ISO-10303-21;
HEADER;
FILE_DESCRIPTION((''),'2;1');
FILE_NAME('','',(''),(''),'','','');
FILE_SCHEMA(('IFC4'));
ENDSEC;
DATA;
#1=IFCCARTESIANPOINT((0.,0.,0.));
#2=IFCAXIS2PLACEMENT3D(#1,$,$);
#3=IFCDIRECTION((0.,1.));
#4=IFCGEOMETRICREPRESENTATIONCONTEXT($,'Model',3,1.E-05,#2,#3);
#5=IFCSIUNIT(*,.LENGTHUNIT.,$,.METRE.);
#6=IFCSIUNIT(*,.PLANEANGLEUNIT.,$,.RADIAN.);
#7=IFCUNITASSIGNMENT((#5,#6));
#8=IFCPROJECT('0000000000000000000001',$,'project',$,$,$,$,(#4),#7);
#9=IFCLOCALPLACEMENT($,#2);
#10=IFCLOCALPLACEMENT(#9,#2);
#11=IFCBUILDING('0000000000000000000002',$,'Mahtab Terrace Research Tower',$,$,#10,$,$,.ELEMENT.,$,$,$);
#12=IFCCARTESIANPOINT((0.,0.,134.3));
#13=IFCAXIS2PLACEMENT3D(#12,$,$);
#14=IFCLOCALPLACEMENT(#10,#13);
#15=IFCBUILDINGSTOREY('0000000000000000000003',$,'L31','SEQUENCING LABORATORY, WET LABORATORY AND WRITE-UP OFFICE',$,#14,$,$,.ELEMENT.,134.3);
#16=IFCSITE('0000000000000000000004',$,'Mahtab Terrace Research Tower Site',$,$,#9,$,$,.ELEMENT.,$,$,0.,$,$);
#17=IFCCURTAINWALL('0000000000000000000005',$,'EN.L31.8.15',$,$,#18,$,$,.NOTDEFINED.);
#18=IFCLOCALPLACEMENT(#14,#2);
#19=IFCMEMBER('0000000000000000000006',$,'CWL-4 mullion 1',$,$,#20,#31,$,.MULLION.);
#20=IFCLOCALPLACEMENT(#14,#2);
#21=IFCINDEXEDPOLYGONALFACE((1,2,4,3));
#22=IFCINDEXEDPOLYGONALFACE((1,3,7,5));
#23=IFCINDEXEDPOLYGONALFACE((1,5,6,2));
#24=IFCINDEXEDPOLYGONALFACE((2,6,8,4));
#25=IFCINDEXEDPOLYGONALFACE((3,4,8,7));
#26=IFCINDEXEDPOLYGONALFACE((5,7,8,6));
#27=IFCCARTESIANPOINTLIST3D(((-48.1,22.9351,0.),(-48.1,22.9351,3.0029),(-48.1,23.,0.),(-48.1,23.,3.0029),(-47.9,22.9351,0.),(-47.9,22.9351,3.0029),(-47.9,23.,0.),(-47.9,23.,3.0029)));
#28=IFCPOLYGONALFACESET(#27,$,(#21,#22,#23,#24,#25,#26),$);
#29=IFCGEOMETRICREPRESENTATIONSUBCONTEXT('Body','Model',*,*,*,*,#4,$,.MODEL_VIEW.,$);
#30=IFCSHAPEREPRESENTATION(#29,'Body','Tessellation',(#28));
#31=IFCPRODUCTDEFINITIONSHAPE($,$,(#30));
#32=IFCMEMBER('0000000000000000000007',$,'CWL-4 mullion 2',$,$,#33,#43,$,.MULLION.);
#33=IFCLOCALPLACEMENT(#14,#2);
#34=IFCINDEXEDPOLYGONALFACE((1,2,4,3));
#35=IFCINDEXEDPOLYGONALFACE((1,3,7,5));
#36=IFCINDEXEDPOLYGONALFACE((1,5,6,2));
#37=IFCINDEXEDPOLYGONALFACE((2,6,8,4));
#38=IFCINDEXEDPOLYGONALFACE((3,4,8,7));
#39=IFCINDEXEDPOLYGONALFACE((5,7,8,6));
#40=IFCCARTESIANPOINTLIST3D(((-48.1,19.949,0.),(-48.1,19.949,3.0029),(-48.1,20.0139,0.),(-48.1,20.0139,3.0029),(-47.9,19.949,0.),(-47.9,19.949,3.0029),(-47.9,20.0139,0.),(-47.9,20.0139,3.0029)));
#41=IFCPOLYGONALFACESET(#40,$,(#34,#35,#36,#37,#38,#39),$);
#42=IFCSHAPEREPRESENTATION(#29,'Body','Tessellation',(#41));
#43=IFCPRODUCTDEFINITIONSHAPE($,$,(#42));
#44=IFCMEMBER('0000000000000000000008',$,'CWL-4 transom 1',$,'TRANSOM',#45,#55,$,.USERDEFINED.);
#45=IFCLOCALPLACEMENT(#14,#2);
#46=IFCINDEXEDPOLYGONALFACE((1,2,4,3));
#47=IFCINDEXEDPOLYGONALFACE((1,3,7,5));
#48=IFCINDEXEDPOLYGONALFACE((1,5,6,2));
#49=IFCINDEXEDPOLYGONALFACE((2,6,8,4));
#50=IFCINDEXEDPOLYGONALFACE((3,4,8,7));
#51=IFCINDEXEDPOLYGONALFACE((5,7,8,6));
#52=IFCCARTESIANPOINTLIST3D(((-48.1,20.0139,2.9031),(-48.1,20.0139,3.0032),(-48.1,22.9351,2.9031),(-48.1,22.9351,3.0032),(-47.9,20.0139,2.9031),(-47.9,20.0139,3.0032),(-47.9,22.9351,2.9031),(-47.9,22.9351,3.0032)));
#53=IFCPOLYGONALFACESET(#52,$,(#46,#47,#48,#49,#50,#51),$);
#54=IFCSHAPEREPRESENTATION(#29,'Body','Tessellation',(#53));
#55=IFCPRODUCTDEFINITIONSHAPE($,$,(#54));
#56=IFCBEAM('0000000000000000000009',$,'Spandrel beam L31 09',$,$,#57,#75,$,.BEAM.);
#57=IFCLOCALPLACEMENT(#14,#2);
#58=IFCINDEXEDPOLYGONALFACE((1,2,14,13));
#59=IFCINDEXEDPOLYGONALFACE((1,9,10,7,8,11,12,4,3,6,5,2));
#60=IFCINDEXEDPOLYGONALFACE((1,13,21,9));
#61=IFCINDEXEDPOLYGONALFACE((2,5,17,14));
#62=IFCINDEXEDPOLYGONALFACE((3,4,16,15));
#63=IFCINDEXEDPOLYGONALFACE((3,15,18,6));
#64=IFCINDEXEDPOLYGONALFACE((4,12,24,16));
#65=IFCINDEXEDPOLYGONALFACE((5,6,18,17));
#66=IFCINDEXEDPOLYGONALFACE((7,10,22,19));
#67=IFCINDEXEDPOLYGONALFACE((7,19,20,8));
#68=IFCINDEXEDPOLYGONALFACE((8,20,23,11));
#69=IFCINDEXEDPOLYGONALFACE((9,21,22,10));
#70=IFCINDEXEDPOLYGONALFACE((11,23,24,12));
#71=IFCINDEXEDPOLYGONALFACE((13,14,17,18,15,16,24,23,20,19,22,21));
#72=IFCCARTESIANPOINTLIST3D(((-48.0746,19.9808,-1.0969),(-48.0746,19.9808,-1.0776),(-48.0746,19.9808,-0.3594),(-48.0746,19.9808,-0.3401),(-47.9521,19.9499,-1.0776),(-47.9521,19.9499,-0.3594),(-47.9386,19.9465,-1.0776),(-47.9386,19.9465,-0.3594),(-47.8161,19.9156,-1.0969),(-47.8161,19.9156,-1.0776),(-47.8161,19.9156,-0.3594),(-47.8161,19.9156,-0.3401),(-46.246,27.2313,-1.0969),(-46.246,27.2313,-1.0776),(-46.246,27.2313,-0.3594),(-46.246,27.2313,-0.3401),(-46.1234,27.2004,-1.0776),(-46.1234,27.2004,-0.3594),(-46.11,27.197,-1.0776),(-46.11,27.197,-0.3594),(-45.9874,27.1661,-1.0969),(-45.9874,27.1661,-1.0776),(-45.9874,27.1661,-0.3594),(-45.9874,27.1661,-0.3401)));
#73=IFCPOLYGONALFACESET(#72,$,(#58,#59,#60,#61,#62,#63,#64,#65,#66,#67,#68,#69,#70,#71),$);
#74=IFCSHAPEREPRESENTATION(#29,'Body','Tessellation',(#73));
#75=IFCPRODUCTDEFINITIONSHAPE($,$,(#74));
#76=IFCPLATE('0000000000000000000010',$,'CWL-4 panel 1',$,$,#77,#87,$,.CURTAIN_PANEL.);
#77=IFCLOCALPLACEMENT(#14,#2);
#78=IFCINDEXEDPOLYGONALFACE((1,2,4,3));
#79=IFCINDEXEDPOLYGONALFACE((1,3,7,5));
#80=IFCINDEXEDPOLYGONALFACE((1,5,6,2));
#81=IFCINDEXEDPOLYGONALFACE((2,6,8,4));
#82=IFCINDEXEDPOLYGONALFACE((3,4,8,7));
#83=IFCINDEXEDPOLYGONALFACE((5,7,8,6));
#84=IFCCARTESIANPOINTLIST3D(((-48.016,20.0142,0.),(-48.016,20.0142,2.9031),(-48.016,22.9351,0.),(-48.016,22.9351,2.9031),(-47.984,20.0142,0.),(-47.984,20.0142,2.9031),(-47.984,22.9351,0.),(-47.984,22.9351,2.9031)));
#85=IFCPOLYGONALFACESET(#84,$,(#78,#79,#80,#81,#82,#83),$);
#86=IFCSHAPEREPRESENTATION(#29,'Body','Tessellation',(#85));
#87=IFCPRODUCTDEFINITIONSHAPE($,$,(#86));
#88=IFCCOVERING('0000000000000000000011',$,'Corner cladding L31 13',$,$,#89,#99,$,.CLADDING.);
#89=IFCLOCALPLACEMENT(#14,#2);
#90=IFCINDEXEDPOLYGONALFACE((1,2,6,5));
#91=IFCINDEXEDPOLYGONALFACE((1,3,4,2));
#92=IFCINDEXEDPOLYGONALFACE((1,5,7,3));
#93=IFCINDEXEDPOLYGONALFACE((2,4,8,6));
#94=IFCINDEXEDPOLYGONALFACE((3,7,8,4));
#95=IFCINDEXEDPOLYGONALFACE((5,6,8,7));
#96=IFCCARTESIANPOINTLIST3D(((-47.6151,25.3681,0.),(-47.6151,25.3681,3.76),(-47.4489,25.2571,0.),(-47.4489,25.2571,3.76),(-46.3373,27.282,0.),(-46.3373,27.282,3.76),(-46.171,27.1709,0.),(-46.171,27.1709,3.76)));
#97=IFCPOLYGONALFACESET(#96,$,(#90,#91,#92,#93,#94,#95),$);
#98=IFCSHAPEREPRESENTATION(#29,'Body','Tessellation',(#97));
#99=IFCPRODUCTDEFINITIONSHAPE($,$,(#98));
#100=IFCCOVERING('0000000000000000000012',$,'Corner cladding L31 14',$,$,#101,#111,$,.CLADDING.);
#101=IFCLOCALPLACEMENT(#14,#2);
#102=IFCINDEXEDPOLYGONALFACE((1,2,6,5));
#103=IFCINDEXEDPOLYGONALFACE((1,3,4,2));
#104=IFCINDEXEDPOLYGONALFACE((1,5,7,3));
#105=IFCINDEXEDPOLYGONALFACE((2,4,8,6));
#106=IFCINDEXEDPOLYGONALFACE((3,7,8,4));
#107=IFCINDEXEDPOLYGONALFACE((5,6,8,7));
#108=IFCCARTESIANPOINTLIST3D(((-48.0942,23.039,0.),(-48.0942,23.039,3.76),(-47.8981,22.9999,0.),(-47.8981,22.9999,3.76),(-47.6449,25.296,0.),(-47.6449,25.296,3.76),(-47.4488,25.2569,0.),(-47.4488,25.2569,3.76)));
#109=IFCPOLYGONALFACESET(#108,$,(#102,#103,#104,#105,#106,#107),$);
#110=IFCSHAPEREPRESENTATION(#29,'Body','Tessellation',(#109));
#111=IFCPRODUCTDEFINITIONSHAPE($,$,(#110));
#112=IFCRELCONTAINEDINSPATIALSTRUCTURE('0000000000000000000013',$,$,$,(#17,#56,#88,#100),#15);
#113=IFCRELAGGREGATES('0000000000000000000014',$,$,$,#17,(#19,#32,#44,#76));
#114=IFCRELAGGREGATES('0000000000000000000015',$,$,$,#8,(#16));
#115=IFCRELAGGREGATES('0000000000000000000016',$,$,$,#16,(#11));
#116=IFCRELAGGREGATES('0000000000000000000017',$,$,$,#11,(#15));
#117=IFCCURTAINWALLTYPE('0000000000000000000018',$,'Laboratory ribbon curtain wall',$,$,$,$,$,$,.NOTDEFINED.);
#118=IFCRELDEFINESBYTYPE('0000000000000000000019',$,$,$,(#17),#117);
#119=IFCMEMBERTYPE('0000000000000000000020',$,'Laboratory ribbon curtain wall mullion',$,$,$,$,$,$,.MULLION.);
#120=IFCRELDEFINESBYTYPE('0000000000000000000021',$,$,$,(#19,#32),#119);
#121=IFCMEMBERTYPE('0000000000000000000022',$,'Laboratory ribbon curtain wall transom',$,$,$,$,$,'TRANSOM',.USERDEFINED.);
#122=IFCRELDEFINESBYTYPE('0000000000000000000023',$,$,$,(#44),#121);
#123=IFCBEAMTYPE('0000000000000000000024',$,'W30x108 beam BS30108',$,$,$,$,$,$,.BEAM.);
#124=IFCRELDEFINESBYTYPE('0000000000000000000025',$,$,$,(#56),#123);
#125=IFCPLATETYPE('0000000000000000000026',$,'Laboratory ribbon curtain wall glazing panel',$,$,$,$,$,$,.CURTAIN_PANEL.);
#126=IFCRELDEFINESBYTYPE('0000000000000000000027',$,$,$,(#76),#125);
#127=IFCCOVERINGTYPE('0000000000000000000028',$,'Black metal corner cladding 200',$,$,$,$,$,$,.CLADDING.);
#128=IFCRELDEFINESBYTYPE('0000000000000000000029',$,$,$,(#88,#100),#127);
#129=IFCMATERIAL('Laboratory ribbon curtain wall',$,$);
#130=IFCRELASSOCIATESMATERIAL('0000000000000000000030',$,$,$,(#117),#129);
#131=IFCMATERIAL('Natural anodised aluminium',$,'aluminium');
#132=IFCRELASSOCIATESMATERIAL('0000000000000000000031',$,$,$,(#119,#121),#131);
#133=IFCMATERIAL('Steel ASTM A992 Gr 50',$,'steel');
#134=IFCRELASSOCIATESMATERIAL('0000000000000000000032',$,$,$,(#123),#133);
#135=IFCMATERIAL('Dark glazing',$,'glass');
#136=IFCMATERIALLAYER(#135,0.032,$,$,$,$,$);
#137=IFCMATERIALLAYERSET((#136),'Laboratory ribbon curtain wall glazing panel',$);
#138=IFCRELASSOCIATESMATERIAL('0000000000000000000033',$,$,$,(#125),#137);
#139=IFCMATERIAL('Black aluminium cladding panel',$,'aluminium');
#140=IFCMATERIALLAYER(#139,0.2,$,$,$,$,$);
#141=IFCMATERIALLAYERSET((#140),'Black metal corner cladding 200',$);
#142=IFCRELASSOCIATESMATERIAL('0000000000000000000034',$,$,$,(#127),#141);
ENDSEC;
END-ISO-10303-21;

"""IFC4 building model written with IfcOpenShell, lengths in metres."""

from ifc_helpers import new_model, si_unit, direction, frame, origin, origin_2d, place, context, subcontext, project, spatial, rectangle, i_section, extrude, material, layer, layer_set, material_profile, profile_set, type_object, element, aggregate, save


model = new_model("IFC4")

# Units and contexts
model_context = context("Model", 3, precision=1e-05, world=origin(), true_north=direction((0.0, 1.0)))
body_context = subcontext(model_context, "Body", "Model", "MODEL_VIEW")
ifc_project = project(units=[si_unit("LENGTHUNIT", "METRE"), si_unit("PLANEANGLEUNIT", "RADIAN")], contexts=[model_context])

# Site, building, storey
site_placement = place(None, origin())
site = spatial("IfcSite", under=ifc_project, at=site_placement, Name="Mahtab Terrace Research Tower Site", CompositionType="ELEMENT", RefElevation=0.0)
building_placement = place(site_placement, origin())
building = spatial("IfcBuilding", under=site, at=building_placement, Name="Mahtab Terrace Research Tower", CompositionType="ELEMENT")
storey_placement = place(building_placement, frame((0.0, 0.0, 134.3)))
storey = spatial("IfcBuildingStorey", under=building, at=storey_placement, Name="L31", Description="SEQUENCING LABORATORY, WET LABORATORY AND WRITE-UP OFFICE", CompositionType="ELEMENT", Elevation=134.3)

# Curtain wall, members
ifc_material_1 = material(Name="Laboratory ribbon curtain wall")
curtain_wall_type = type_object("IfcCurtainWallType", Name="Laboratory ribbon curtain wall", PredefinedType="NOTDEFINED", material=ifc_material_1)
curtain_wall_placement = place(storey_placement, origin())
curtain_wall = element("IfcCurtainWall", 1, at=curtain_wall_placement, inside=storey, type_object=curtain_wall_type, Name="EN.L31.8.15", PredefinedType="NOTDEFINED")
ifc_material_2 = material(Name="Natural anodised aluminium", Category="aluminium")
ifc_material_profile_1 = material_profile(ifc_material_2, rectangle(XDim=0.2, YDim=0.0649, at=origin_2d()), Name="MULLION 65x200")
ifc_profile_set_1 = profile_set([ifc_material_profile_1], Name="Natural anodised aluminium")
member_type_1 = type_object("IfcMemberType", Name="Laboratory ribbon curtain wall mullion", PredefinedType="MULLION", material=ifc_profile_set_1)
member_1_placement = place(storey_placement, frame((-48.0, 22.9675, 0.0), z_axis=(0.0, 0.0, 1.0), x_axis=(1.0, 0.0, 0.0)))
member_1 = element("IfcMember", 2, at=member_1_placement, type_object=member_type_1, Name="CWL-4 mullion 1", PredefinedType="MULLION", context=body_context, shape_type="SweptSolid", body=[
    extrude(rectangle(XDim=0.2, YDim=0.0649, at=origin_2d()), origin(), (0.0, 0.0, 1.0), 3.0029),
])
member_2_placement = place(storey_placement, frame((-48.0, 19.9814, 0.0), z_axis=(0.0, 0.0, 1.0), x_axis=(1.0, 0.0, 0.0)))
member_2 = element("IfcMember", 3, at=member_2_placement, type_object=member_type_1, Name="CWL-4 mullion 2", PredefinedType="MULLION", context=body_context, shape_type="SweptSolid", body=[
    extrude(rectangle(XDim=0.2, YDim=0.0649, at=origin_2d()), origin(), (0.0, 0.0, 1.0), 3.0029),
])
ifc_material_profile_2 = material_profile(ifc_material_2, rectangle(XDim=0.2, YDim=0.1001, at=origin_2d()), Name="TRANSOM 100x200")
ifc_profile_set_2 = profile_set([ifc_material_profile_2], Name="Natural anodised aluminium")
member_type_2 = type_object("IfcMemberType", Name="Laboratory ribbon curtain wall transom", ElementType="TRANSOM", PredefinedType="USERDEFINED", material=ifc_profile_set_2)
member_3_placement = place(storey_placement, frame((-48.0, 22.9351, 2.9531), z_axis=(0.0, -1.0, 0.0), x_axis=(1.0, 0.0, 0.0)))
member_3 = element("IfcMember", 4, at=member_3_placement, type_object=member_type_2, Name="CWL-4 transom 1", ObjectType="TRANSOM", PredefinedType="USERDEFINED", context=body_context, shape_type="SweptSolid", body=[
    extrude(rectangle(XDim=0.2, YDim=0.1001, at=origin_2d()), origin(), (0.0, 0.0, 1.0), 2.9211),
])

# Beam
ifc_material_3 = material(Name="Steel ASTM A992 Gr 50", Category="steel")
ifc_material_profile_3 = material_profile(ifc_material_3, i_section(OverallWidth=0.2666, OverallDepth=0.7568, WebThickness=0.0139, FlangeThickness=0.0193, at=origin_2d()), Name="W30X108")
ifc_profile_set_3 = profile_set([ifc_material_profile_3], Name="Steel ASTM A992 Gr 50")
beam_type = type_object("IfcBeamType", Name="W30x108 beam BS30108", PredefinedType="BEAM", material=ifc_profile_set_3)
beam_placement = place(storey_placement, frame((-46.1167, 27.1987, -0.7185), z_axis=(-0.244548, -0.969637, 0.0), x_axis=(0.969637, -0.244548, 0.0)))
element("IfcBeam", 5, at=beam_placement, inside=storey, type_object=beam_type, Name="Spandrel beam L31 09", PredefinedType="BEAM", context=body_context, shape_type="SweptSolid", body=[
    extrude(i_section(OverallWidth=0.2666, OverallDepth=0.7568, WebThickness=0.0139, FlangeThickness=0.0193, at=origin_2d()), origin(), (0.0, 0.0, 1.0), 7.4775),
])

# Plate
ifc_material_4 = material(Name="Dark glazing", Category="glass")
ifc_layer_1 = layer(ifc_material_4, 0.032)
ifc_layer_set_1 = layer_set([ifc_layer_1], Name="Laboratory ribbon curtain wall glazing panel")
plate_type = type_object("IfcPlateType", Name="Laboratory ribbon curtain wall glazing panel", PredefinedType="CURTAIN_PANEL", material=ifc_layer_set_1)
plate_placement = place(storey_placement, frame((-48.0, 21.4746, 0.0), z_axis=(0.0, 0.0, 1.0), x_axis=(0.0, -1.0, 0.0)))
plate = element("IfcPlate", 6, at=plate_placement, type_object=plate_type, Name="CWL-4 panel 1", PredefinedType="CURTAIN_PANEL", context=body_context, shape_type="SweptSolid", body=[
    extrude(rectangle(XDim=2.9209, YDim=0.032, at=origin_2d()), origin(), (0.0, 0.0, 1.0), 2.9031),
])
aggregate(curtain_wall, [member_1, member_2, member_3, plate])

# Coverings
ifc_material_5 = material(Name="Black aluminium cladding panel", Category="aluminium")
ifc_layer_2 = layer(ifc_material_5, 0.2)
ifc_layer_set_2 = layer_set([ifc_layer_2], Name="Black metal corner cladding 200")
covering_type = type_object("IfcCoveringType", Name="Black metal corner cladding 200", PredefinedType="CLADDING", material=ifc_layer_set_2)
for number, where, z_axis, x_axis, name in (
    (7, (-46.8931, 26.2695, 0.0), (0.0, 0.0, 1.0), (-0.555291, -0.831656, 0.0), "Corner cladding L31 13"),
    (8, (-47.7715, 24.1479, 0.0), (0.0, 0.0, 1.0), (-0.195212, -0.980761, 0.0), "Corner cladding L31 14"),
):
    element("IfcCovering", number, at=place(storey_placement, frame(where, z_axis=z_axis, x_axis=x_axis)), inside=storey, type_object=covering_type, Name=name, PredefinedType="CLADDING", context=body_context, shape_type="SweptSolid", body=[
        extrude(rectangle(XDim=2.3013, YDim=0.2, at=origin_2d()), origin(), (0.0, 0.0, 1.0), 3.76),
    ])

save(model, "model.ifc")
